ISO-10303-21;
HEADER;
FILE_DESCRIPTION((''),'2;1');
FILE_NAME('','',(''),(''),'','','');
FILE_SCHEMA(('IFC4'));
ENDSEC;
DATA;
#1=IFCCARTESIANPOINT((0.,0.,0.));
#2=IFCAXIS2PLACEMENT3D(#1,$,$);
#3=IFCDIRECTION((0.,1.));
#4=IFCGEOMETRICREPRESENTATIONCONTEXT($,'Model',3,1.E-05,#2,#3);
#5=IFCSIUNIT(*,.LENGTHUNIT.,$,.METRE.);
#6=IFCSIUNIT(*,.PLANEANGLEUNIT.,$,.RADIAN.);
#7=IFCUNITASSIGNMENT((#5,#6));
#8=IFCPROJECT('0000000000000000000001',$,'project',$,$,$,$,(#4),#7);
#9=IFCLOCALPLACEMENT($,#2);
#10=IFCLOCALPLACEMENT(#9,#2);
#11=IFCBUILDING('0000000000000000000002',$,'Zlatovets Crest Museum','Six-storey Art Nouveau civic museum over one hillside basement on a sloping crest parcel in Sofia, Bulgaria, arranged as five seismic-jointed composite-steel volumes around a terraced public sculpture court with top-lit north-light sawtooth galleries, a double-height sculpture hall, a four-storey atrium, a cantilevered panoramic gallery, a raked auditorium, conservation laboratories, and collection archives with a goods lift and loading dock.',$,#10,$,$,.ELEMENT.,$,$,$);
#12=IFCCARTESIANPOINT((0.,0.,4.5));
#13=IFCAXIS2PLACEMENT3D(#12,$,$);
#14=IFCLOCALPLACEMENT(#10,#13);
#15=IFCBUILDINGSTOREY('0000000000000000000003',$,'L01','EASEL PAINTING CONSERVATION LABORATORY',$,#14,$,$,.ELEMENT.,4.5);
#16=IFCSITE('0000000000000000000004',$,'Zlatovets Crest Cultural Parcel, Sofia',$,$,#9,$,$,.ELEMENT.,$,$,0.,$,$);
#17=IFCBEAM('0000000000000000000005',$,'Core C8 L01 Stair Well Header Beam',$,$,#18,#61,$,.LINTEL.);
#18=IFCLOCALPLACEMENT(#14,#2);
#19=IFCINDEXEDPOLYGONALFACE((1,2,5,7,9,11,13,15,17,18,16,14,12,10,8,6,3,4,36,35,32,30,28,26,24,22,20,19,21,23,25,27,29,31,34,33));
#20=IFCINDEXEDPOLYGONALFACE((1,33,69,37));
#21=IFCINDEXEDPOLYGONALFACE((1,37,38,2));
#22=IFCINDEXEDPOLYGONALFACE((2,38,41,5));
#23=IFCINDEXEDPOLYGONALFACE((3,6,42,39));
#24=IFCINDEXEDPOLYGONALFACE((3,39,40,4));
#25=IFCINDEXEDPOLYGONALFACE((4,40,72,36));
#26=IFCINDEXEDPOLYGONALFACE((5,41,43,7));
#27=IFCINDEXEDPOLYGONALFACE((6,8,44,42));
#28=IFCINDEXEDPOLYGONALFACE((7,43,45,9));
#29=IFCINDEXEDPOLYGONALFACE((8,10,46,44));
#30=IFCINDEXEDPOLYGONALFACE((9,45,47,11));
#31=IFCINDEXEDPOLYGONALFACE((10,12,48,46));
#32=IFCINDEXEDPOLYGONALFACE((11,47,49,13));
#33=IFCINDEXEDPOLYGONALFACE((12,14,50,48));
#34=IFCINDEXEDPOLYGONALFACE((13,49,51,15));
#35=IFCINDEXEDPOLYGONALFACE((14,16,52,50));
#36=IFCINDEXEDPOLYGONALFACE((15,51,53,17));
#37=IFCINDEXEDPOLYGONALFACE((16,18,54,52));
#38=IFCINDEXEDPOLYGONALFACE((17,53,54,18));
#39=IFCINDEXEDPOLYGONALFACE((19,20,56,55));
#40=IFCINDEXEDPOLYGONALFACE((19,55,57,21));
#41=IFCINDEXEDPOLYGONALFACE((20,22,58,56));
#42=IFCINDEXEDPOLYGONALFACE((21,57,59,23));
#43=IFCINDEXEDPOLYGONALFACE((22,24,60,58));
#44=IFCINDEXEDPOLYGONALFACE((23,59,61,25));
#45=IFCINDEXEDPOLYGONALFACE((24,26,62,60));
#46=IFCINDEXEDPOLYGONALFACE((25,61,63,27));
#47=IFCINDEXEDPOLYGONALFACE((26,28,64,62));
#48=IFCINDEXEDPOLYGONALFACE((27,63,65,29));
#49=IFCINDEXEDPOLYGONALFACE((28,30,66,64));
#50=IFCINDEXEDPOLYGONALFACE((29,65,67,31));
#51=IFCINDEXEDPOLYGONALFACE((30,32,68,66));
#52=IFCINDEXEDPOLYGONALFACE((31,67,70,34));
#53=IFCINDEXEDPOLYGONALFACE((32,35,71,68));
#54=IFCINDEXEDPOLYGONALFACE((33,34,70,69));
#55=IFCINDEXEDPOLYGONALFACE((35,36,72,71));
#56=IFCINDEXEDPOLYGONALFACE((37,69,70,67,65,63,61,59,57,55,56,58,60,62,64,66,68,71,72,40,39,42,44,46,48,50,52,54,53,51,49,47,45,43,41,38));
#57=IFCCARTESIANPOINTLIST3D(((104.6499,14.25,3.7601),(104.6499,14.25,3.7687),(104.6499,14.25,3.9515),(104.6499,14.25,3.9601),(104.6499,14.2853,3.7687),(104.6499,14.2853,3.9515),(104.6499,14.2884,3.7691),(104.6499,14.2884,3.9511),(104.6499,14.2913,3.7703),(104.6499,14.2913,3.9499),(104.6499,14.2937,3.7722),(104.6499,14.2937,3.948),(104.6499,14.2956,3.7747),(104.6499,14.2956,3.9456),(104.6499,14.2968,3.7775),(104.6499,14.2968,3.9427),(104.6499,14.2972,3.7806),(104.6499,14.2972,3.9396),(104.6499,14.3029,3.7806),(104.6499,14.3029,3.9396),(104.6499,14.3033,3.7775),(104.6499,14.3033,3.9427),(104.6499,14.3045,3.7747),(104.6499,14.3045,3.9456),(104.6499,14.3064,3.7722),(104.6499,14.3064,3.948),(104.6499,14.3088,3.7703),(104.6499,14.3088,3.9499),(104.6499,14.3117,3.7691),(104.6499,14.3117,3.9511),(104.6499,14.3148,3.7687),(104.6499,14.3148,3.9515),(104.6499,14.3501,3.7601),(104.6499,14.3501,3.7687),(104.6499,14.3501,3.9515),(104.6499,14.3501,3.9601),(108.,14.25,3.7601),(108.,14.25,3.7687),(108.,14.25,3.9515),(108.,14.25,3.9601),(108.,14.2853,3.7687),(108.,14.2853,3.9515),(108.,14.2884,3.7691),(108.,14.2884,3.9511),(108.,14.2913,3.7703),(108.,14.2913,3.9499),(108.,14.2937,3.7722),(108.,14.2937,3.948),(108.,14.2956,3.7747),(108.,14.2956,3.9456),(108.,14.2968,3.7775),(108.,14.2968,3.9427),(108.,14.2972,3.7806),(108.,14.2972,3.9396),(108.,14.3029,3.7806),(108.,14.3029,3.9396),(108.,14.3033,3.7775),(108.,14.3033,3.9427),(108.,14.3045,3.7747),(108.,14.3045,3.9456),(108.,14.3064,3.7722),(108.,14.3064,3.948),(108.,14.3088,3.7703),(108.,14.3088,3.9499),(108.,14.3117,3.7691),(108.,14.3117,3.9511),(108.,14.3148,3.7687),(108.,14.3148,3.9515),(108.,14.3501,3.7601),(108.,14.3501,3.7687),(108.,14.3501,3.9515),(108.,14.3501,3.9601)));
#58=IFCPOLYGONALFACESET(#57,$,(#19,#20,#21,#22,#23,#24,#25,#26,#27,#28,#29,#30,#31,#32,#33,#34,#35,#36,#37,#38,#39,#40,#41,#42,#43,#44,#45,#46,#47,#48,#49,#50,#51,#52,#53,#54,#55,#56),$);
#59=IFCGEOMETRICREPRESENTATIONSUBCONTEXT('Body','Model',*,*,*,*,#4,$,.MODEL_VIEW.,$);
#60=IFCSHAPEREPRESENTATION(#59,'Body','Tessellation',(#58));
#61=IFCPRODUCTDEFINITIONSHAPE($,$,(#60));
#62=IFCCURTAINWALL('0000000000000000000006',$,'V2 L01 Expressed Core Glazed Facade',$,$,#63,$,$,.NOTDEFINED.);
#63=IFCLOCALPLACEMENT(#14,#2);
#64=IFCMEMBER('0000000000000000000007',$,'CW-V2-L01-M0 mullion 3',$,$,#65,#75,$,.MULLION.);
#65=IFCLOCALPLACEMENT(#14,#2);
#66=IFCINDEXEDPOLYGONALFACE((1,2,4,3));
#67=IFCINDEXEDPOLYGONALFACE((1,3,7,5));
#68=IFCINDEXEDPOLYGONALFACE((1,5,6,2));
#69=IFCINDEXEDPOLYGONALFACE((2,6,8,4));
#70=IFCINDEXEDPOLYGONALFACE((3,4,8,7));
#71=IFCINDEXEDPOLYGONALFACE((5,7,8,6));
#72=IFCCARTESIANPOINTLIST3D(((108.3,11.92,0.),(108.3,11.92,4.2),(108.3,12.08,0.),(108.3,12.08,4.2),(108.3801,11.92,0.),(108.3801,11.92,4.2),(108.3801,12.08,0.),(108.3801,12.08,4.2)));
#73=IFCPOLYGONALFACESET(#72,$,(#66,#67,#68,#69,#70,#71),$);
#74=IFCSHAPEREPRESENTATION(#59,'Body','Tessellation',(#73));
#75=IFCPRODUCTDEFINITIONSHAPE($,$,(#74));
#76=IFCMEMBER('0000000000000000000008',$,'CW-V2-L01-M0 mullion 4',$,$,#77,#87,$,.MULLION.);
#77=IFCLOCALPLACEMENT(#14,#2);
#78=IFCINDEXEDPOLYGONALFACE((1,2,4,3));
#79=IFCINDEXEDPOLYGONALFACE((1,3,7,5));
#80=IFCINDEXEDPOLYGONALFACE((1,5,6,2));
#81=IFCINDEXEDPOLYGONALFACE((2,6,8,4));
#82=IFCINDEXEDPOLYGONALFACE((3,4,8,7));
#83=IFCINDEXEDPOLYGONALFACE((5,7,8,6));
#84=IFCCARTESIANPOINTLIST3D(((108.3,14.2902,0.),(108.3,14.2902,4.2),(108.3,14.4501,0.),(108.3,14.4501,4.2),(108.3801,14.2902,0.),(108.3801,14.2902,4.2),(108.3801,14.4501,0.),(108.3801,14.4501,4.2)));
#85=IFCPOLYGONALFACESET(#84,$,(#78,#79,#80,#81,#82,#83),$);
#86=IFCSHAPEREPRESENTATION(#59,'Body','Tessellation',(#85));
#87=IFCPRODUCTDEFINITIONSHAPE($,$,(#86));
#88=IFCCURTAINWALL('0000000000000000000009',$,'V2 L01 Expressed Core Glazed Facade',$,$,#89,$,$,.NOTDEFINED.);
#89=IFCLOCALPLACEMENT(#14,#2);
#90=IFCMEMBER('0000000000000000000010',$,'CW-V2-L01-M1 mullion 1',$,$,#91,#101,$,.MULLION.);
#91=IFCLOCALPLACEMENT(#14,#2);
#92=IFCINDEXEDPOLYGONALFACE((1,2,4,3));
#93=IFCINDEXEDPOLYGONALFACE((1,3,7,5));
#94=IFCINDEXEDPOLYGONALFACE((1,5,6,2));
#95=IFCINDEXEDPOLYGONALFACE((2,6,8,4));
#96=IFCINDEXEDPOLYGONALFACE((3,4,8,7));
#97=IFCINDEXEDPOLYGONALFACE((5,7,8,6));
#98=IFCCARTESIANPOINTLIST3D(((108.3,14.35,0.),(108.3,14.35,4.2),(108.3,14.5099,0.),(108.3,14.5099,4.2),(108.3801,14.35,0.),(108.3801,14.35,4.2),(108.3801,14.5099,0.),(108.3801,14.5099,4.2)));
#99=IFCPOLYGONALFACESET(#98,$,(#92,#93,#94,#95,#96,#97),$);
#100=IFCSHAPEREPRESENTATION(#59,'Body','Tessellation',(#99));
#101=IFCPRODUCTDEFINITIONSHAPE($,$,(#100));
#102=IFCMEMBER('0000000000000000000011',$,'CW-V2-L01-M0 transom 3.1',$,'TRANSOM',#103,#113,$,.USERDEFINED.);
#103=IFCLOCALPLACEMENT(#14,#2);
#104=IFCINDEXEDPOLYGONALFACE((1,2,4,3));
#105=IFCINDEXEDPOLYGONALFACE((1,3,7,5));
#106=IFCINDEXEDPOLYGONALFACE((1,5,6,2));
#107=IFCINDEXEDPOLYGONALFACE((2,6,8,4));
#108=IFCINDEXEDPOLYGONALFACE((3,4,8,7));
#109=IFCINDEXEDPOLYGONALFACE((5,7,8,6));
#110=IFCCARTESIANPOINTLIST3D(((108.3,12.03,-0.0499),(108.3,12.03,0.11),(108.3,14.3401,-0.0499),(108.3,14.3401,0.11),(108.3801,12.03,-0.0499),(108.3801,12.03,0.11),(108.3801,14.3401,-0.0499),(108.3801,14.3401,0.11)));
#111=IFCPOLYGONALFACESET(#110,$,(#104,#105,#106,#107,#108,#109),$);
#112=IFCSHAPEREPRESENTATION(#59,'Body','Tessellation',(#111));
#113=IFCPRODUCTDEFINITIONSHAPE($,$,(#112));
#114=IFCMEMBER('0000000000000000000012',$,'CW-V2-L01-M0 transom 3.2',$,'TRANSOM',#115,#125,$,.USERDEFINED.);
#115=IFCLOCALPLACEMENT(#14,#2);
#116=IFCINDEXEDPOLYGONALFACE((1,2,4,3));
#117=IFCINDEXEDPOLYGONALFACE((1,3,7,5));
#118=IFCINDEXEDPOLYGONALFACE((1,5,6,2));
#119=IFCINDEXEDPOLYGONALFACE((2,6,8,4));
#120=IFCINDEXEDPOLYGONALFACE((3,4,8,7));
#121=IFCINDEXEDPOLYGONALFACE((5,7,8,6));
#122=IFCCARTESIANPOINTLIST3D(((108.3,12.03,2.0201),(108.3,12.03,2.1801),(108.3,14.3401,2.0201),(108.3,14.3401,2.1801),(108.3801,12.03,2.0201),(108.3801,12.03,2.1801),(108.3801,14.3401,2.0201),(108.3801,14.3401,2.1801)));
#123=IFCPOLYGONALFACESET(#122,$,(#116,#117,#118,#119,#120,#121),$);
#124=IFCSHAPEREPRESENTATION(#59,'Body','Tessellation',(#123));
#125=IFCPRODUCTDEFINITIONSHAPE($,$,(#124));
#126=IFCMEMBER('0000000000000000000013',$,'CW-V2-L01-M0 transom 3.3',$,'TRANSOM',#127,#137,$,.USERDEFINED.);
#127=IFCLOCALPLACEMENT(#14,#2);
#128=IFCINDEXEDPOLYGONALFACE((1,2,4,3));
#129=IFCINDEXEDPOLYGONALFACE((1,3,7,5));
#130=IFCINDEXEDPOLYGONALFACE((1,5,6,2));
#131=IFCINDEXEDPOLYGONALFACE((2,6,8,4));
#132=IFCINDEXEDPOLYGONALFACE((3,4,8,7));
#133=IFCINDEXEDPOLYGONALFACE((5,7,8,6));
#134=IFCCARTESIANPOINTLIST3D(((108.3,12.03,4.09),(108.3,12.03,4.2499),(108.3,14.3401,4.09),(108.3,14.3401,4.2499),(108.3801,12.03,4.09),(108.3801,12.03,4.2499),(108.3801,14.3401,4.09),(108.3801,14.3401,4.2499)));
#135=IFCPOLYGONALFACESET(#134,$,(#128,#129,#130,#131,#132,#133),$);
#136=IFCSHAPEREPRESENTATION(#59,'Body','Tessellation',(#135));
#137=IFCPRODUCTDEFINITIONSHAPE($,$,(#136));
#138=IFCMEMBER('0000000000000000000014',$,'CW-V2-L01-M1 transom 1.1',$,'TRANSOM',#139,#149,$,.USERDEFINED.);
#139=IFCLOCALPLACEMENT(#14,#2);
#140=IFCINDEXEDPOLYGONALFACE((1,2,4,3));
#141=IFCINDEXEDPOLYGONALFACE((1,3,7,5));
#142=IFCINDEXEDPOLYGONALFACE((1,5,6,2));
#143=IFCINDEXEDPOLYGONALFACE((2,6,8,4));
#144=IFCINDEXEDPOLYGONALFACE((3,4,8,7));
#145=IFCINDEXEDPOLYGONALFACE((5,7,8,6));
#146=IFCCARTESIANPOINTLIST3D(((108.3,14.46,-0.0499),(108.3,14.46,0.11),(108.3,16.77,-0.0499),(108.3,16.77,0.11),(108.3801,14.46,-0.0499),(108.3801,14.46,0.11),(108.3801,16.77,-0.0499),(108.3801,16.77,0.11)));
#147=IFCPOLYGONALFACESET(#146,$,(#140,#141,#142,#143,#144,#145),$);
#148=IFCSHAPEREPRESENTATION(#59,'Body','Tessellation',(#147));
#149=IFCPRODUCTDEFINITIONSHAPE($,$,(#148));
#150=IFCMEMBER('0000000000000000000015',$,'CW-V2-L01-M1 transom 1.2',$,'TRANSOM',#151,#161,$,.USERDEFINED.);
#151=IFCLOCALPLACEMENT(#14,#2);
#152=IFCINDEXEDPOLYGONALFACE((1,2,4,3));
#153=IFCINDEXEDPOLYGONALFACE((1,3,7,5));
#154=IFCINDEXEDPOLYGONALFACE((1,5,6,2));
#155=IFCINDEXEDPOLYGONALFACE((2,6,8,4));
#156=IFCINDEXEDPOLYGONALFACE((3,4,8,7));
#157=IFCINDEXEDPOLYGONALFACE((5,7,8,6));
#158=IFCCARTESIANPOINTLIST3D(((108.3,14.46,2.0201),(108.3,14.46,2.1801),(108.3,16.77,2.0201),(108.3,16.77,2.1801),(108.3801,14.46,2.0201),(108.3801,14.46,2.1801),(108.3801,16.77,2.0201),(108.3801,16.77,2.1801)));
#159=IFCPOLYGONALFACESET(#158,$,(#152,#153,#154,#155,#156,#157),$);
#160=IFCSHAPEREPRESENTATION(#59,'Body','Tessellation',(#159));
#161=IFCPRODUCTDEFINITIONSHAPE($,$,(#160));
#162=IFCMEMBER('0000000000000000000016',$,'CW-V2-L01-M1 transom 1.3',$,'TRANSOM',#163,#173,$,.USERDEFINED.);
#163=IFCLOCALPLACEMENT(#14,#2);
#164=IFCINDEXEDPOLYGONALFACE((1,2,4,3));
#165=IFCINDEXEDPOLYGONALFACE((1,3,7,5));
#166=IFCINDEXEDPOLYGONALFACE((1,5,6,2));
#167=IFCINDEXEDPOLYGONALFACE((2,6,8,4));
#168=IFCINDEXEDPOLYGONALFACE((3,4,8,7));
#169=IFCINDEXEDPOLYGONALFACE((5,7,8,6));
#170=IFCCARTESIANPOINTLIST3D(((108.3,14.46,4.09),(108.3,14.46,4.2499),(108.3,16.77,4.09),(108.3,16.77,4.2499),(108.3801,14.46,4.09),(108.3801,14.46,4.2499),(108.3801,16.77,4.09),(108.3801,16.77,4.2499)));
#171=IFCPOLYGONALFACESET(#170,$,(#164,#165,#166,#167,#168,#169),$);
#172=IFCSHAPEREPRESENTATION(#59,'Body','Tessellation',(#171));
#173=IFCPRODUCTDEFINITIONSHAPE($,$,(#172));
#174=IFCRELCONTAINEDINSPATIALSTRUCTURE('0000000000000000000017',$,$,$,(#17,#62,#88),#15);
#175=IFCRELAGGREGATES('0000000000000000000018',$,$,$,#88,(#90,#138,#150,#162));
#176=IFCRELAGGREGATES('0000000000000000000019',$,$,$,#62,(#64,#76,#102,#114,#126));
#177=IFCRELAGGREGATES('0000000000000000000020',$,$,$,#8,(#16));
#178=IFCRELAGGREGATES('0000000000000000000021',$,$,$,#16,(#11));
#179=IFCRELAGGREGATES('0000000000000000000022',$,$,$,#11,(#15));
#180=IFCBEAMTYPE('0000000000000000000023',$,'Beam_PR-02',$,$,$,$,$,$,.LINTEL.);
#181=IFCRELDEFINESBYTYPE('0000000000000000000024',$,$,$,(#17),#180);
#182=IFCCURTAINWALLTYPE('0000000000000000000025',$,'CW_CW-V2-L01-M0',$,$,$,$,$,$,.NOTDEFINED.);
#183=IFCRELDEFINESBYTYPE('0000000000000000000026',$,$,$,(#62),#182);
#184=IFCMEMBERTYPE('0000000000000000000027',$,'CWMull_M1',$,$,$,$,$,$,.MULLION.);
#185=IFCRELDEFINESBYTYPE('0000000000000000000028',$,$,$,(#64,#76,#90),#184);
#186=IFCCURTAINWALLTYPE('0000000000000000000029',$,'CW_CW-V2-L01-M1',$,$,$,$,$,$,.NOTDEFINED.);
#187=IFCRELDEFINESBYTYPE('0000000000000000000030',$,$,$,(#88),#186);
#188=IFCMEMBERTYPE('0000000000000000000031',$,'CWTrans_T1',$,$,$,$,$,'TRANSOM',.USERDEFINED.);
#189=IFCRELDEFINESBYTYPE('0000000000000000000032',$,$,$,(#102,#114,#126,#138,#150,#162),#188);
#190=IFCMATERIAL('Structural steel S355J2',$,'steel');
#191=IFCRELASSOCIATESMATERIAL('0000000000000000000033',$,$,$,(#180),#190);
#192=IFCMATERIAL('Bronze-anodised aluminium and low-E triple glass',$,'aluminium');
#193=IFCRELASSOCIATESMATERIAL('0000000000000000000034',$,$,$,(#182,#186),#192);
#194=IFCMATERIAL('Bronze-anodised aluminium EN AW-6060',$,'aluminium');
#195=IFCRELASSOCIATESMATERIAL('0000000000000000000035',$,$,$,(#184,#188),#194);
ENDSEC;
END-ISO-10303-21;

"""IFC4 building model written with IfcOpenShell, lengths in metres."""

from ifc_helpers import new_model, si_unit, direction, frame, origin, origin_2d, place, context, subcontext, project, spatial, rectangle, i_section, extrude, material, material_profile, profile_set, type_object, element, aggregate, save


model = new_model("IFC4")

# Units and contexts
model_context = context("Model", 3, precision=1e-05, world=origin(), true_north=direction((0.0, 1.0)))
body_context = subcontext(model_context, "Body", "Model", "MODEL_VIEW")
ifc_project = project(units=[si_unit("LENGTHUNIT", "METRE"), si_unit("PLANEANGLEUNIT", "RADIAN")], contexts=[model_context])

# Site, building, storey
site_placement = place(None, origin())
site = spatial("IfcSite", under=ifc_project, at=site_placement, Name="Zlatovets Crest Cultural Parcel, Sofia", CompositionType="ELEMENT", RefElevation=0.0)
building_placement = place(site_placement, origin())
building = spatial("IfcBuilding", under=site, at=building_placement, Name="Zlatovets Crest Museum", Description="Six-storey Art Nouveau civic museum over one hillside basement on a sloping crest parcel in Sofia, Bulgaria, arranged as five seismic-jointed composite-steel volumes around a terraced public sculpture court with top-lit north-light sawtooth galleries, a double-height sculpture hall, a four-storey atrium, a cantilevered panoramic gallery, a raked auditorium, conservation laboratories, and collection archives with a goods lift and loading dock.", CompositionType="ELEMENT")
storey_placement = place(building_placement, frame((0.0, 0.0, 4.5)))
storey = spatial("IfcBuildingStorey", under=building, at=storey_placement, Name="L01", Description="EASEL PAINTING CONSERVATION LABORATORY", CompositionType="ELEMENT", Elevation=4.5)

# Shared definitions
ifc_material_1 = material(Name="Structural steel S355J2", Category="steel")

# Beam
ifc_material_profile_1 = material_profile(ifc_material_1, i_section(OverallWidth=0.1001, OverallDepth=0.2, WebThickness=0.0056, FlangeThickness=0.0085, FilletRadius=0.012, at=origin_2d()), Name="IPE 200")
ifc_profile_set_1 = profile_set([ifc_material_profile_1], Name="Structural steel S355J2")
beam_type_1 = type_object("IfcBeamType", Name="Beam_PR-02", PredefinedType="LINTEL", material=ifc_profile_set_1)
beam_1_placement = place(storey_placement, frame((104.6499, 14.3, 3.8601), z_axis=(1.0, 0.0, 0.0), x_axis=(0.0, 1.0, 0.0)))
element("IfcBeam", 1, at=beam_1_placement, inside=storey, type_object=beam_type_1, Name="Core C8 L01 Stair Well Header Beam", PredefinedType="LINTEL", context=body_context, shape_type="SweptSolid", body=[
    extrude(i_section(OverallWidth=0.1001, OverallDepth=0.2, WebThickness=0.0056, FlangeThickness=0.0085, FilletRadius=0.012, at=origin_2d()), origin(), (0.0, 0.0, 1.0), 3.3501),
])

# Curtain wall, members
ifc_material_2 = material(Name="Bronze-anodised aluminium and low-E triple glass", Category="aluminium")
curtain_wall_type_1 = type_object("IfcCurtainWallType", Name="CW_CW-V2-L01-M0", PredefinedType="NOTDEFINED", material=ifc_material_2)
curtain_wall_1_placement = place(storey_placement, origin())
curtain_wall_1 = element("IfcCurtainWall", 2, at=curtain_wall_1_placement, inside=storey, type_object=curtain_wall_type_1, Name="V2 L01 Expressed Core Glazed Facade", PredefinedType="NOTDEFINED")
ifc_material_3 = material(Name="Bronze-anodised aluminium EN AW-6060", Category="aluminium")
ifc_material_profile_2 = material_profile(ifc_material_3, rectangle(XDim=0.0801, YDim=0.1599, at=origin_2d()), Name="ALU 80x160")
ifc_profile_set_2 = profile_set([ifc_material_profile_2], Name="Bronze-anodised aluminium EN AW-6060")
member_type_1 = type_object("IfcMemberType", Name="CWMull_M1", PredefinedType="MULLION", material=ifc_profile_set_2)
member_1_placement = place(storey_placement, frame((108.3401, 12.0, 0.0), z_axis=(0.0, 0.0, 1.0), x_axis=(-1.0, 0.0, 0.0)))
member_1 = element("IfcMember", 3, at=member_1_placement, type_object=member_type_1, Name="CW-V2-L01-M0 mullion 3", PredefinedType="MULLION", context=body_context, shape_type="SweptSolid", body=[
    extrude(rectangle(XDim=0.0801, YDim=0.1599, at=origin_2d()), origin(), (0.0, 0.0, 1.0), 4.2),
])
member_2_placement = place(storey_placement, frame((108.3401, 14.3701, 0.0), z_axis=(0.0, 0.0, 1.0), x_axis=(-1.0, 0.0, 0.0)))
member_2 = element("IfcMember", 4, at=member_2_placement, type_object=member_type_1, Name="CW-V2-L01-M0 mullion 4", PredefinedType="MULLION", context=body_context, shape_type="SweptSolid", body=[
    extrude(rectangle(XDim=0.0801, YDim=0.1599, at=origin_2d()), origin(), (0.0, 0.0, 1.0), 4.2),
])

# Curtain wall, member
curtain_wall_type_2 = type_object("IfcCurtainWallType", Name="CW_CW-V2-L01-M1", PredefinedType="NOTDEFINED", material=ifc_material_2)
curtain_wall_2_placement = place(storey_placement, origin())
curtain_wall_2 = element("IfcCurtainWall", 5, at=curtain_wall_2_placement, inside=storey, type_object=curtain_wall_type_2, Name="V2 L01 Expressed Core Glazed Facade", PredefinedType="NOTDEFINED")
member_3_placement = place(storey_placement, frame((108.3401, 14.4299, 0.0), z_axis=(0.0, 0.0, 1.0), x_axis=(-1.0, 0.0, 0.0)))
member_3 = element("IfcMember", 6, at=member_3_placement, type_object=member_type_1, Name="CW-V2-L01-M1 mullion 1", PredefinedType="MULLION", context=body_context, shape_type="SweptSolid", body=[
    extrude(rectangle(XDim=0.0801, YDim=0.1599, at=origin_2d()), origin(), (0.0, 0.0, 1.0), 4.2),
])

# Members
ifc_material_profile_3 = material_profile(ifc_material_3, rectangle(XDim=0.0801, YDim=0.1599, at=origin_2d()), Name="ALU 80x160")
ifc_profile_set_3 = profile_set([ifc_material_profile_3], Name="Bronze-anodised aluminium EN AW-6060")
member_type_2 = type_object("IfcMemberType", Name="CWTrans_T1", ElementType="TRANSOM", PredefinedType="USERDEFINED", material=ifc_profile_set_3)
member_4_placement = place(storey_placement, frame((108.3401, 12.03, 0.03), z_axis=(0.0, 1.0, 0.0), x_axis=(-1.0, 0.0, 0.0)))
member_4 = element("IfcMember", 7, at=member_4_placement, type_object=member_type_2, Name="CW-V2-L01-M0 transom 3.1", ObjectType="TRANSOM", PredefinedType="USERDEFINED", context=body_context, shape_type="SweptSolid", body=[
    extrude(rectangle(XDim=0.0801, YDim=0.1599, at=origin_2d()), origin(), (0.0, 0.0, 1.0), 2.3101),
])
member_5_placement = place(storey_placement, frame((108.3401, 12.03, 2.1001), z_axis=(0.0, 1.0, 0.0), x_axis=(-1.0, 0.0, 0.0)))
member_5 = element("IfcMember", 8, at=member_5_placement, type_object=member_type_2, Name="CW-V2-L01-M0 transom 3.2", ObjectType="TRANSOM", PredefinedType="USERDEFINED", context=body_context, shape_type="SweptSolid", body=[
    extrude(rectangle(XDim=0.0801, YDim=0.1599, at=origin_2d()), origin(), (0.0, 0.0, 1.0), 2.3101),
])
member_6_placement = place(storey_placement, frame((108.3401, 12.03, 4.1699), z_axis=(0.0, 1.0, 0.0), x_axis=(-1.0, 0.0, 0.0)))
member_6 = element("IfcMember", 9, at=member_6_placement, type_object=member_type_2, Name="CW-V2-L01-M0 transom 3.3", ObjectType="TRANSOM", PredefinedType="USERDEFINED", context=body_context, shape_type="SweptSolid", body=[
    extrude(rectangle(XDim=0.0801, YDim=0.1599, at=origin_2d()), origin(), (0.0, 0.0, 1.0), 2.3101),
])
member_7_placement = place(storey_placement, frame((108.3401, 14.46, 0.03), z_axis=(0.0, 1.0, 0.0), x_axis=(-1.0, 0.0, 0.0)))
member_7 = element("IfcMember", 10, at=member_7_placement, type_object=member_type_2, Name="CW-V2-L01-M1 transom 1.1", ObjectType="TRANSOM", PredefinedType="USERDEFINED", context=body_context, shape_type="SweptSolid", body=[
    extrude(rectangle(XDim=0.0801, YDim=0.1599, at=origin_2d()), origin(), (0.0, 0.0, 1.0), 2.3101),
])
member_8_placement = place(storey_placement, frame((108.3401, 14.46, 2.1001), z_axis=(0.0, 1.0, 0.0), x_axis=(-1.0, 0.0, 0.0)))
member_8 = element("IfcMember", 11, at=member_8_placement, type_object=member_type_2, Name="CW-V2-L01-M1 transom 1.2", ObjectType="TRANSOM", PredefinedType="USERDEFINED", context=body_context, shape_type="SweptSolid", body=[
    extrude(rectangle(XDim=0.0801, YDim=0.1599, at=origin_2d()), origin(), (0.0, 0.0, 1.0), 2.3101),
])
member_9_placement = place(storey_placement, frame((108.3401, 14.46, 4.1699), z_axis=(0.0, 1.0, 0.0), x_axis=(-1.0, 0.0, 0.0)))
member_9 = element("IfcMember", 12, at=member_9_placement, type_object=member_type_2, Name="CW-V2-L01-M1 transom 1.3", ObjectType="TRANSOM", PredefinedType="USERDEFINED", context=body_context, shape_type="SweptSolid", body=[
    extrude(rectangle(XDim=0.0801, YDim=0.1599, at=origin_2d()), origin(), (0.0, 0.0, 1.0), 2.3101),
])
aggregate(curtain_wall_2, [member_3, member_7, member_8, member_9])

aggregate(curtain_wall_1, [member_1, member_2, member_4, member_5, member_6])

save(model, "model.ifc")
